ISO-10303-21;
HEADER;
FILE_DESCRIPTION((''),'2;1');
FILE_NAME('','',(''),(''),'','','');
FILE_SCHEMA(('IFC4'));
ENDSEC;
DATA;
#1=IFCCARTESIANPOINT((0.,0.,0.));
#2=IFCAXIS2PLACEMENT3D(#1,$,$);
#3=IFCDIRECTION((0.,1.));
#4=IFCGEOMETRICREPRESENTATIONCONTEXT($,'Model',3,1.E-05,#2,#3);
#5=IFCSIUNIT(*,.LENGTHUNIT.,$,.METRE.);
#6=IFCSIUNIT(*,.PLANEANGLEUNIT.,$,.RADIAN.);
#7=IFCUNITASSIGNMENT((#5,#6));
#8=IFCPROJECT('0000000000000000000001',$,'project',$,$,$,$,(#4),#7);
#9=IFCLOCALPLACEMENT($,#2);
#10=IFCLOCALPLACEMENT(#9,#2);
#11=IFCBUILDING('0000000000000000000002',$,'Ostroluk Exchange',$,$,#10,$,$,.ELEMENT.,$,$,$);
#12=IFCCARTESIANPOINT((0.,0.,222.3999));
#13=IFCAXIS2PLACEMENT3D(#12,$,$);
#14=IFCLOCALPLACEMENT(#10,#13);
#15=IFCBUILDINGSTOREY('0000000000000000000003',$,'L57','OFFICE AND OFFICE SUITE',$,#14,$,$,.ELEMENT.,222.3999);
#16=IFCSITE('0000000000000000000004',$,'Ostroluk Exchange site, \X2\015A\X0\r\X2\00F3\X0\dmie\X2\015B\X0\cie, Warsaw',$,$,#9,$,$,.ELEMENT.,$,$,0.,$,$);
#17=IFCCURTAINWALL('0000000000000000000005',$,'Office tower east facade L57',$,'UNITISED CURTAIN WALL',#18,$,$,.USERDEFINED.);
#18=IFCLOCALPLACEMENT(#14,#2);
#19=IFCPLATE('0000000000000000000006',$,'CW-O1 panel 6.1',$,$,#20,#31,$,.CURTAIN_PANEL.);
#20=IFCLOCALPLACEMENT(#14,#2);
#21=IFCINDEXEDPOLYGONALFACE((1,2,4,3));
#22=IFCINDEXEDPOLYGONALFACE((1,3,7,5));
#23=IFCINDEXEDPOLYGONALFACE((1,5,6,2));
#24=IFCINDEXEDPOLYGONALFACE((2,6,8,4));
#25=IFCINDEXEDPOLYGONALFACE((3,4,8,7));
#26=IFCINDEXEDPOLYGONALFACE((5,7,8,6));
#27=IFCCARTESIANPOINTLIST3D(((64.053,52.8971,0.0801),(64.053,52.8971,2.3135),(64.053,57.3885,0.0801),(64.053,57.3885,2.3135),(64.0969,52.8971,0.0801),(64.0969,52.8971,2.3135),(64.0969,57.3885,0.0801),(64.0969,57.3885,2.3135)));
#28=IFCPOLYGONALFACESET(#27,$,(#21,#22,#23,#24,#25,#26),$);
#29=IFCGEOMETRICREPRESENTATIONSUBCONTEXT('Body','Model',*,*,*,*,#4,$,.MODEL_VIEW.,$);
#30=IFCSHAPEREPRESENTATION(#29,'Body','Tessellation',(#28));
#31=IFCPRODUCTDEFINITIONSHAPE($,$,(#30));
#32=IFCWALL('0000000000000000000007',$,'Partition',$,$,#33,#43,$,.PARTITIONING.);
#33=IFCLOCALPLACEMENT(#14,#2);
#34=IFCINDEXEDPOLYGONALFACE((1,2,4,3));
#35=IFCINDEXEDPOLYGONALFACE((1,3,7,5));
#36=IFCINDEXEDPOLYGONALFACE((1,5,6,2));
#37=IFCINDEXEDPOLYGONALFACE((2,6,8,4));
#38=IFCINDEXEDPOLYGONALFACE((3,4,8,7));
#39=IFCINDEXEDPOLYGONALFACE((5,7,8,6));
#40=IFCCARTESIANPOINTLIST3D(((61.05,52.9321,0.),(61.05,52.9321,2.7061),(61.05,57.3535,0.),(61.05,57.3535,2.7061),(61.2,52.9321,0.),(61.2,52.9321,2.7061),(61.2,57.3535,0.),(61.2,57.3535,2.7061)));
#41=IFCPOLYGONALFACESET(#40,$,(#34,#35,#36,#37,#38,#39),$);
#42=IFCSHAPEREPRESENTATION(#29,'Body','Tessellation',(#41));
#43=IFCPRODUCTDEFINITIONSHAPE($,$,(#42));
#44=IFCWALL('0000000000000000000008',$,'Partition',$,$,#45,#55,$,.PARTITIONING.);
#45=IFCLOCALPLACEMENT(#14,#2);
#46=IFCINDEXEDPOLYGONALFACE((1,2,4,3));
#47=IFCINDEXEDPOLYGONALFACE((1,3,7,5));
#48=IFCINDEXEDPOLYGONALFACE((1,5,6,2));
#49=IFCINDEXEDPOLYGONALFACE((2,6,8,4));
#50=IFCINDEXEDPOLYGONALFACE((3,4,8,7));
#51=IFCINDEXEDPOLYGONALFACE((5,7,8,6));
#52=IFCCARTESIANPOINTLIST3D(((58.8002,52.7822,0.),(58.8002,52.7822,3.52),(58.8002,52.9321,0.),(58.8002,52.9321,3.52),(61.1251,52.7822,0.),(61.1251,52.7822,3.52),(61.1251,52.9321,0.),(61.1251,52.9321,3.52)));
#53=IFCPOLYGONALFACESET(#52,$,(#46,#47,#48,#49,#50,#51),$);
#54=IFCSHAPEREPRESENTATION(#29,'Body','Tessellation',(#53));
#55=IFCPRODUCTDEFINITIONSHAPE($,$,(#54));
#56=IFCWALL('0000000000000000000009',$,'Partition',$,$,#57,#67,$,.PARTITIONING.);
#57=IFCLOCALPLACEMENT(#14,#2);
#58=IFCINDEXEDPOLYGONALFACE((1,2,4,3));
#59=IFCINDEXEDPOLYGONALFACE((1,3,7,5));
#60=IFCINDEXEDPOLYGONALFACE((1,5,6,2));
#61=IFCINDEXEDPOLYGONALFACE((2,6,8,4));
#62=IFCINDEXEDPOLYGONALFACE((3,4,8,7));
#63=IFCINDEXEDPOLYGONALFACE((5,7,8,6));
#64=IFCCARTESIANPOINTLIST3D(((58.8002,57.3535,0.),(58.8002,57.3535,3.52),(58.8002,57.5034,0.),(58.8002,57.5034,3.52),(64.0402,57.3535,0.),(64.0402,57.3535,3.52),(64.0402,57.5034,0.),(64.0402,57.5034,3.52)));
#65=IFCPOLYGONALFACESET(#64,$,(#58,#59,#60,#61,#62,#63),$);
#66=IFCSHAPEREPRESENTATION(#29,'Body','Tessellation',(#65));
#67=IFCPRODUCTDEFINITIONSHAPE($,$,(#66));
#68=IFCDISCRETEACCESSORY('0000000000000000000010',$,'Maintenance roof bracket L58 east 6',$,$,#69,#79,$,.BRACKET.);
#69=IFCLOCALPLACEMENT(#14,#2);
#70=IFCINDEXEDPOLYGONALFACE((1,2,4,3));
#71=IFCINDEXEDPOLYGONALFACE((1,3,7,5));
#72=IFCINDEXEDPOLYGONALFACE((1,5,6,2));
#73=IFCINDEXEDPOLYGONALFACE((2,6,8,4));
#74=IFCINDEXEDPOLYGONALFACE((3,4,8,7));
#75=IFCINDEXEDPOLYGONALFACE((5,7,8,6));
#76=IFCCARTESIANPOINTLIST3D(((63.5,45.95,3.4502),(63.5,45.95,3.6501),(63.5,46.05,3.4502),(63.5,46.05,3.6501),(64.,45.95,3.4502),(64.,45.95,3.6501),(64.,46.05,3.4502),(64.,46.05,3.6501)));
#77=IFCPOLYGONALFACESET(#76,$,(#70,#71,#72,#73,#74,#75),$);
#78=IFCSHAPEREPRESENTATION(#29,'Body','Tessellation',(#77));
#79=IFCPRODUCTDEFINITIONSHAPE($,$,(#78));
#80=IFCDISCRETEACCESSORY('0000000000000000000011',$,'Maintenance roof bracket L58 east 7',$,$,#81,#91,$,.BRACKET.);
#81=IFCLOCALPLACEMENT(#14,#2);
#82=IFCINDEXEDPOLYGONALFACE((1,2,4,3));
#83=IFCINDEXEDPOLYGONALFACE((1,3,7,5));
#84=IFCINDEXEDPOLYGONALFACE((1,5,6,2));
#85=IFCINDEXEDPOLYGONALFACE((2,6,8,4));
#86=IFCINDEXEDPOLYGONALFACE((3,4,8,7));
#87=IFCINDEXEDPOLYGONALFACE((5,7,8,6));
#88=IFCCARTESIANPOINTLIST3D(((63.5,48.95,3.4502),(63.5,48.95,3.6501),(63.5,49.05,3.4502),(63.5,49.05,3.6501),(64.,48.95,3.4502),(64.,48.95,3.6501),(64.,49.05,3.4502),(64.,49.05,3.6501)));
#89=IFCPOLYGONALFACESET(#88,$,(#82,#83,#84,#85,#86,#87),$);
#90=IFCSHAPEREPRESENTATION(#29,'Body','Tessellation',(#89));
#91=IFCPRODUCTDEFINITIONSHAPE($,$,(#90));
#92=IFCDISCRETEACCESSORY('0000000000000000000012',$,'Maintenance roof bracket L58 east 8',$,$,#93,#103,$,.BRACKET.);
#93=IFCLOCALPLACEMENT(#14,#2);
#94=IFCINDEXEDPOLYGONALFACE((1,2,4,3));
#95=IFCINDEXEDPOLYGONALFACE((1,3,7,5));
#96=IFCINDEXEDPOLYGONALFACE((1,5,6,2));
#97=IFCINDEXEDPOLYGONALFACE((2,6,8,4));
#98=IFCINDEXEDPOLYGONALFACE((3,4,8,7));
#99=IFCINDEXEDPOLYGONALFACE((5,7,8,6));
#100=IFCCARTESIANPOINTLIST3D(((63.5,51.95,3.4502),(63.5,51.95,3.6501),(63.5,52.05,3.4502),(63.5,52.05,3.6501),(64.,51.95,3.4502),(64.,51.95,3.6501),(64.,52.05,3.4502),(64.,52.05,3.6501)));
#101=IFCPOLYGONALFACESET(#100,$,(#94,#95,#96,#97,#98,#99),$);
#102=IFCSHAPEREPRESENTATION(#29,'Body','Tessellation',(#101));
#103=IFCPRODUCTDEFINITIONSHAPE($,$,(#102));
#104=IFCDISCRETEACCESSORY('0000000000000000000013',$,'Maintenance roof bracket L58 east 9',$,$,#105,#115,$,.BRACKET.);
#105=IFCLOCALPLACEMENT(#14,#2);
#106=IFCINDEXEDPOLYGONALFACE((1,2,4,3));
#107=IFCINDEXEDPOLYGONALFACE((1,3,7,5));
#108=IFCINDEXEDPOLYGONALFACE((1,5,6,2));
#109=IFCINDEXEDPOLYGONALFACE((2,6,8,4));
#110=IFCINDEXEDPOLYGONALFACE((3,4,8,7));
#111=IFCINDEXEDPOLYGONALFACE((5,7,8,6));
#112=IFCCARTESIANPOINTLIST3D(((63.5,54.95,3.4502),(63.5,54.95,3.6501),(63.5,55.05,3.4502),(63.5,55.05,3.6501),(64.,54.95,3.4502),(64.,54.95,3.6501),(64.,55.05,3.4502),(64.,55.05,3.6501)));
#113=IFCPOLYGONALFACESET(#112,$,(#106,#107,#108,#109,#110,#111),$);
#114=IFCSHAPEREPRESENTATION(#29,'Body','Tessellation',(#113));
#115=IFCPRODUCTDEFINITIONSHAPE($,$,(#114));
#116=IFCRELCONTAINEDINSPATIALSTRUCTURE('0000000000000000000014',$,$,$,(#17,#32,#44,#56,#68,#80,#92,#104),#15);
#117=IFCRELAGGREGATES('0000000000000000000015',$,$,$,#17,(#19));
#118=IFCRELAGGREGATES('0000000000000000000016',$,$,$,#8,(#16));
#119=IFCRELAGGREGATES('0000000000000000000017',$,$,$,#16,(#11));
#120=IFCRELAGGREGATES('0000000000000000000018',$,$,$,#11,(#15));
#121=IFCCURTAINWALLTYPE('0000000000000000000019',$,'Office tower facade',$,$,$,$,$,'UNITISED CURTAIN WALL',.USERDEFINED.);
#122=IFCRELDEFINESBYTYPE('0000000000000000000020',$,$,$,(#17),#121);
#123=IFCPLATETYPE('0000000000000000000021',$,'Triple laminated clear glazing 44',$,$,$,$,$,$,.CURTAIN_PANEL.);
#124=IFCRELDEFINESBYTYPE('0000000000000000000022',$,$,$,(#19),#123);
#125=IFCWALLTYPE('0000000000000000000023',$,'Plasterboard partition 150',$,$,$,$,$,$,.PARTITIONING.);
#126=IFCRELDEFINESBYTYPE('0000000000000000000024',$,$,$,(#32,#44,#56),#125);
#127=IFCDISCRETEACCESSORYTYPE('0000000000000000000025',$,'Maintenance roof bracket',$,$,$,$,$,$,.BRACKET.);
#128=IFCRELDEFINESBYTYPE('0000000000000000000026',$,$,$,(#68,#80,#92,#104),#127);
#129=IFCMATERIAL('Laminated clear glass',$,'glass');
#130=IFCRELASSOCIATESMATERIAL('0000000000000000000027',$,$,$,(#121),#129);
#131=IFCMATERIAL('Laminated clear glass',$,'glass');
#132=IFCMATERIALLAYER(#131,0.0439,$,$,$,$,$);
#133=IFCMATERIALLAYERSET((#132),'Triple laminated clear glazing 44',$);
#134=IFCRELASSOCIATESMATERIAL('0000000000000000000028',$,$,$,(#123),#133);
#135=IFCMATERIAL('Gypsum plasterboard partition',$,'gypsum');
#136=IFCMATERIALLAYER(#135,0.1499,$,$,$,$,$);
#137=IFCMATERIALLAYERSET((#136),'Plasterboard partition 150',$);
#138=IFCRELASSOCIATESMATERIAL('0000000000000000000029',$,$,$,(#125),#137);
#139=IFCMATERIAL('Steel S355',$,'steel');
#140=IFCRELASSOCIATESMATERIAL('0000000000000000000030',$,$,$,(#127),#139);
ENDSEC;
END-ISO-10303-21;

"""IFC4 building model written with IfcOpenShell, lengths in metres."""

from ifc_helpers import new_model, si_unit, direction, frame, frame_2d, origin, origin_2d, place, context, subcontext, project, spatial, rectangle, extrude, material, layer, layer_set, type_object, element, aggregate, save


model = new_model("IFC4")

# Units and contexts
model_context = context("Model", 3, precision=1e-05, world=origin(), true_north=direction((0.0, 1.0)))
body_context = subcontext(model_context, "Body", "Model", "MODEL_VIEW")
ifc_project = project(units=[si_unit("LENGTHUNIT", "METRE"), si_unit("PLANEANGLEUNIT", "RADIAN")], contexts=[model_context])

# Site, building, storey
site_placement = place(None, origin())
site = spatial("IfcSite", under=ifc_project, at=site_placement, Name="Ostroluk Exchange site, Śródmieście, Warsaw", CompositionType="ELEMENT", RefElevation=0.0)
building_placement = place(site_placement, origin())
building = spatial("IfcBuilding", under=site, at=building_placement, Name="Ostroluk Exchange", CompositionType="ELEMENT")
storey_placement = place(building_placement, frame((0.0, 0.0, 222.3999)))
storey = spatial("IfcBuildingStorey", under=building, at=storey_placement, Name="L57", Description="OFFICE AND OFFICE SUITE", CompositionType="ELEMENT", Elevation=222.3999)

# Curtain wall
ifc_material_1 = material(Name="Laminated clear glass", Category="glass")
curtain_wall_type = type_object("IfcCurtainWallType", Name="Office tower facade", ElementType="UNITISED CURTAIN WALL", PredefinedType="USERDEFINED", material=ifc_material_1)
curtain_wall_1_placement = place(storey_placement, origin())
curtain_wall_1 = element("IfcCurtainWall", 1, at=curtain_wall_1_placement, inside=storey, type_object=curtain_wall_type, Name="Office tower east facade L57", ObjectType="UNITISED CURTAIN WALL", PredefinedType="USERDEFINED")

# Plate
ifc_material_2 = material(Name="Laminated clear glass", Category="glass")
ifc_layer_1 = layer(ifc_material_2, 0.0439)
ifc_layer_set_1 = layer_set([ifc_layer_1], Name="Triple laminated clear glazing 44")
plate_type_1 = type_object("IfcPlateType", Name="Triple laminated clear glazing 44", PredefinedType="CURTAIN_PANEL", material=ifc_layer_set_1)
plate_1_placement = place(storey_placement, frame((64.075, 55.1428, 0.0801), z_axis=(0.0, 0.0, 1.0), x_axis=(0.0, 1.0, 0.0)))
plate_1 = element("IfcPlate", 2, at=plate_1_placement, type_object=plate_type_1, Name="CW-O1 panel 6.1", PredefinedType="CURTAIN_PANEL", context=body_context, shape_type="SweptSolid", body=[
    extrude(rectangle(XDim=4.4915, YDim=0.0439, at=origin_2d()), origin(), (0.0, 0.0, 1.0), 2.2334),
])
aggregate(curtain_wall_1, [plate_1])

# Walls
ifc_material_3 = material(Name="Gypsum plasterboard partition", Category="gypsum")
ifc_layer_2 = layer(ifc_material_3, 0.1499)
ifc_layer_set_2 = layer_set([ifc_layer_2], Name="Plasterboard partition 150")
wall_type = type_object("IfcWallType", Name="Plasterboard partition 150", PredefinedType="PARTITIONING", material=ifc_layer_set_2)
wall_1_placement = place(storey_placement, frame((61.125, 52.9321, 0.0), z_axis=(0.0, 0.0, 1.0), x_axis=(0.0, 1.0, 0.0)))
element("IfcWall", 3, at=wall_1_placement, inside=storey, type_object=wall_type, Name="Partition", PredefinedType="PARTITIONING", context=body_context, shape_type="SweptSolid", body=[
    extrude(rectangle(XDim=4.4214, YDim=0.1499, at=frame_2d((2.2107, 0.0))), origin(), (0.0, 0.0, 1.0), 2.7061),
])
wall_2_placement = place(storey_placement, frame((58.8, 52.8572, 0.0), z_axis=(0.0, 0.0, 1.0), x_axis=(1.0, 0.0, 0.0)))
element("IfcWall", 4, at=wall_2_placement, inside=storey, type_object=wall_type, Name="Partition", PredefinedType="PARTITIONING", context=body_context, shape_type="SweptSolid", body=[
    extrude(rectangle(XDim=2.325, YDim=0.1499, at=frame_2d((1.1626, 0.0))), origin(), (0.0, 0.0, 1.0), 3.52),
])
wall_3_placement = place(storey_placement, frame((58.8, 57.4285, 0.0), z_axis=(0.0, 0.0, 1.0), x_axis=(1.0, 0.0, 0.0)))
element("IfcWall", 5, at=wall_3_placement, inside=storey, type_object=wall_type, Name="Partition", PredefinedType="PARTITIONING", context=body_context, shape_type="SweptSolid", body=[
    extrude(rectangle(XDim=5.24, YDim=0.1499, at=frame_2d((2.6201, 0.0))), origin(), (0.0, 0.0, 1.0), 3.52),
])

# Discrete accessories
ifc_material_4 = material(Name="Steel S355", Category="steel")
discrete_accessory_type = type_object("IfcDiscreteAccessoryType", Name="Maintenance roof bracket", PredefinedType="BRACKET", material=ifc_material_4)
for number, where, z_axis, x_axis, name in (
    (6, (63.75, 46.0, 3.4502), (0.0, 0.0, 1.0), (1.0, 0.0, 0.0), "Maintenance roof bracket L58 east 6"),
    (7, (63.75, 49.0, 3.4502), (0.0, 0.0, 1.0), (1.0, 0.0, 0.0), "Maintenance roof bracket L58 east 7"),
    (8, (63.75, 52.0, 3.4502), (0.0, 0.0, 1.0), (1.0, 0.0, 0.0), "Maintenance roof bracket L58 east 8"),
    (9, (63.75, 55.0, 3.4502), (0.0, 0.0, 1.0), (1.0, 0.0, 0.0), "Maintenance roof bracket L58 east 9"),
):
    element("IfcDiscreteAccessory", number, at=place(storey_placement, frame(where, z_axis=z_axis, x_axis=x_axis)), inside=storey, type_object=discrete_accessory_type, Name=name, PredefinedType="BRACKET", context=body_context, shape_type="SweptSolid", body=[
        extrude(rectangle(XDim=0.5, YDim=0.1001, at=origin_2d()), origin(), (0.0, 0.0, 1.0), 0.2),
    ])

save(model, "model.ifc")
